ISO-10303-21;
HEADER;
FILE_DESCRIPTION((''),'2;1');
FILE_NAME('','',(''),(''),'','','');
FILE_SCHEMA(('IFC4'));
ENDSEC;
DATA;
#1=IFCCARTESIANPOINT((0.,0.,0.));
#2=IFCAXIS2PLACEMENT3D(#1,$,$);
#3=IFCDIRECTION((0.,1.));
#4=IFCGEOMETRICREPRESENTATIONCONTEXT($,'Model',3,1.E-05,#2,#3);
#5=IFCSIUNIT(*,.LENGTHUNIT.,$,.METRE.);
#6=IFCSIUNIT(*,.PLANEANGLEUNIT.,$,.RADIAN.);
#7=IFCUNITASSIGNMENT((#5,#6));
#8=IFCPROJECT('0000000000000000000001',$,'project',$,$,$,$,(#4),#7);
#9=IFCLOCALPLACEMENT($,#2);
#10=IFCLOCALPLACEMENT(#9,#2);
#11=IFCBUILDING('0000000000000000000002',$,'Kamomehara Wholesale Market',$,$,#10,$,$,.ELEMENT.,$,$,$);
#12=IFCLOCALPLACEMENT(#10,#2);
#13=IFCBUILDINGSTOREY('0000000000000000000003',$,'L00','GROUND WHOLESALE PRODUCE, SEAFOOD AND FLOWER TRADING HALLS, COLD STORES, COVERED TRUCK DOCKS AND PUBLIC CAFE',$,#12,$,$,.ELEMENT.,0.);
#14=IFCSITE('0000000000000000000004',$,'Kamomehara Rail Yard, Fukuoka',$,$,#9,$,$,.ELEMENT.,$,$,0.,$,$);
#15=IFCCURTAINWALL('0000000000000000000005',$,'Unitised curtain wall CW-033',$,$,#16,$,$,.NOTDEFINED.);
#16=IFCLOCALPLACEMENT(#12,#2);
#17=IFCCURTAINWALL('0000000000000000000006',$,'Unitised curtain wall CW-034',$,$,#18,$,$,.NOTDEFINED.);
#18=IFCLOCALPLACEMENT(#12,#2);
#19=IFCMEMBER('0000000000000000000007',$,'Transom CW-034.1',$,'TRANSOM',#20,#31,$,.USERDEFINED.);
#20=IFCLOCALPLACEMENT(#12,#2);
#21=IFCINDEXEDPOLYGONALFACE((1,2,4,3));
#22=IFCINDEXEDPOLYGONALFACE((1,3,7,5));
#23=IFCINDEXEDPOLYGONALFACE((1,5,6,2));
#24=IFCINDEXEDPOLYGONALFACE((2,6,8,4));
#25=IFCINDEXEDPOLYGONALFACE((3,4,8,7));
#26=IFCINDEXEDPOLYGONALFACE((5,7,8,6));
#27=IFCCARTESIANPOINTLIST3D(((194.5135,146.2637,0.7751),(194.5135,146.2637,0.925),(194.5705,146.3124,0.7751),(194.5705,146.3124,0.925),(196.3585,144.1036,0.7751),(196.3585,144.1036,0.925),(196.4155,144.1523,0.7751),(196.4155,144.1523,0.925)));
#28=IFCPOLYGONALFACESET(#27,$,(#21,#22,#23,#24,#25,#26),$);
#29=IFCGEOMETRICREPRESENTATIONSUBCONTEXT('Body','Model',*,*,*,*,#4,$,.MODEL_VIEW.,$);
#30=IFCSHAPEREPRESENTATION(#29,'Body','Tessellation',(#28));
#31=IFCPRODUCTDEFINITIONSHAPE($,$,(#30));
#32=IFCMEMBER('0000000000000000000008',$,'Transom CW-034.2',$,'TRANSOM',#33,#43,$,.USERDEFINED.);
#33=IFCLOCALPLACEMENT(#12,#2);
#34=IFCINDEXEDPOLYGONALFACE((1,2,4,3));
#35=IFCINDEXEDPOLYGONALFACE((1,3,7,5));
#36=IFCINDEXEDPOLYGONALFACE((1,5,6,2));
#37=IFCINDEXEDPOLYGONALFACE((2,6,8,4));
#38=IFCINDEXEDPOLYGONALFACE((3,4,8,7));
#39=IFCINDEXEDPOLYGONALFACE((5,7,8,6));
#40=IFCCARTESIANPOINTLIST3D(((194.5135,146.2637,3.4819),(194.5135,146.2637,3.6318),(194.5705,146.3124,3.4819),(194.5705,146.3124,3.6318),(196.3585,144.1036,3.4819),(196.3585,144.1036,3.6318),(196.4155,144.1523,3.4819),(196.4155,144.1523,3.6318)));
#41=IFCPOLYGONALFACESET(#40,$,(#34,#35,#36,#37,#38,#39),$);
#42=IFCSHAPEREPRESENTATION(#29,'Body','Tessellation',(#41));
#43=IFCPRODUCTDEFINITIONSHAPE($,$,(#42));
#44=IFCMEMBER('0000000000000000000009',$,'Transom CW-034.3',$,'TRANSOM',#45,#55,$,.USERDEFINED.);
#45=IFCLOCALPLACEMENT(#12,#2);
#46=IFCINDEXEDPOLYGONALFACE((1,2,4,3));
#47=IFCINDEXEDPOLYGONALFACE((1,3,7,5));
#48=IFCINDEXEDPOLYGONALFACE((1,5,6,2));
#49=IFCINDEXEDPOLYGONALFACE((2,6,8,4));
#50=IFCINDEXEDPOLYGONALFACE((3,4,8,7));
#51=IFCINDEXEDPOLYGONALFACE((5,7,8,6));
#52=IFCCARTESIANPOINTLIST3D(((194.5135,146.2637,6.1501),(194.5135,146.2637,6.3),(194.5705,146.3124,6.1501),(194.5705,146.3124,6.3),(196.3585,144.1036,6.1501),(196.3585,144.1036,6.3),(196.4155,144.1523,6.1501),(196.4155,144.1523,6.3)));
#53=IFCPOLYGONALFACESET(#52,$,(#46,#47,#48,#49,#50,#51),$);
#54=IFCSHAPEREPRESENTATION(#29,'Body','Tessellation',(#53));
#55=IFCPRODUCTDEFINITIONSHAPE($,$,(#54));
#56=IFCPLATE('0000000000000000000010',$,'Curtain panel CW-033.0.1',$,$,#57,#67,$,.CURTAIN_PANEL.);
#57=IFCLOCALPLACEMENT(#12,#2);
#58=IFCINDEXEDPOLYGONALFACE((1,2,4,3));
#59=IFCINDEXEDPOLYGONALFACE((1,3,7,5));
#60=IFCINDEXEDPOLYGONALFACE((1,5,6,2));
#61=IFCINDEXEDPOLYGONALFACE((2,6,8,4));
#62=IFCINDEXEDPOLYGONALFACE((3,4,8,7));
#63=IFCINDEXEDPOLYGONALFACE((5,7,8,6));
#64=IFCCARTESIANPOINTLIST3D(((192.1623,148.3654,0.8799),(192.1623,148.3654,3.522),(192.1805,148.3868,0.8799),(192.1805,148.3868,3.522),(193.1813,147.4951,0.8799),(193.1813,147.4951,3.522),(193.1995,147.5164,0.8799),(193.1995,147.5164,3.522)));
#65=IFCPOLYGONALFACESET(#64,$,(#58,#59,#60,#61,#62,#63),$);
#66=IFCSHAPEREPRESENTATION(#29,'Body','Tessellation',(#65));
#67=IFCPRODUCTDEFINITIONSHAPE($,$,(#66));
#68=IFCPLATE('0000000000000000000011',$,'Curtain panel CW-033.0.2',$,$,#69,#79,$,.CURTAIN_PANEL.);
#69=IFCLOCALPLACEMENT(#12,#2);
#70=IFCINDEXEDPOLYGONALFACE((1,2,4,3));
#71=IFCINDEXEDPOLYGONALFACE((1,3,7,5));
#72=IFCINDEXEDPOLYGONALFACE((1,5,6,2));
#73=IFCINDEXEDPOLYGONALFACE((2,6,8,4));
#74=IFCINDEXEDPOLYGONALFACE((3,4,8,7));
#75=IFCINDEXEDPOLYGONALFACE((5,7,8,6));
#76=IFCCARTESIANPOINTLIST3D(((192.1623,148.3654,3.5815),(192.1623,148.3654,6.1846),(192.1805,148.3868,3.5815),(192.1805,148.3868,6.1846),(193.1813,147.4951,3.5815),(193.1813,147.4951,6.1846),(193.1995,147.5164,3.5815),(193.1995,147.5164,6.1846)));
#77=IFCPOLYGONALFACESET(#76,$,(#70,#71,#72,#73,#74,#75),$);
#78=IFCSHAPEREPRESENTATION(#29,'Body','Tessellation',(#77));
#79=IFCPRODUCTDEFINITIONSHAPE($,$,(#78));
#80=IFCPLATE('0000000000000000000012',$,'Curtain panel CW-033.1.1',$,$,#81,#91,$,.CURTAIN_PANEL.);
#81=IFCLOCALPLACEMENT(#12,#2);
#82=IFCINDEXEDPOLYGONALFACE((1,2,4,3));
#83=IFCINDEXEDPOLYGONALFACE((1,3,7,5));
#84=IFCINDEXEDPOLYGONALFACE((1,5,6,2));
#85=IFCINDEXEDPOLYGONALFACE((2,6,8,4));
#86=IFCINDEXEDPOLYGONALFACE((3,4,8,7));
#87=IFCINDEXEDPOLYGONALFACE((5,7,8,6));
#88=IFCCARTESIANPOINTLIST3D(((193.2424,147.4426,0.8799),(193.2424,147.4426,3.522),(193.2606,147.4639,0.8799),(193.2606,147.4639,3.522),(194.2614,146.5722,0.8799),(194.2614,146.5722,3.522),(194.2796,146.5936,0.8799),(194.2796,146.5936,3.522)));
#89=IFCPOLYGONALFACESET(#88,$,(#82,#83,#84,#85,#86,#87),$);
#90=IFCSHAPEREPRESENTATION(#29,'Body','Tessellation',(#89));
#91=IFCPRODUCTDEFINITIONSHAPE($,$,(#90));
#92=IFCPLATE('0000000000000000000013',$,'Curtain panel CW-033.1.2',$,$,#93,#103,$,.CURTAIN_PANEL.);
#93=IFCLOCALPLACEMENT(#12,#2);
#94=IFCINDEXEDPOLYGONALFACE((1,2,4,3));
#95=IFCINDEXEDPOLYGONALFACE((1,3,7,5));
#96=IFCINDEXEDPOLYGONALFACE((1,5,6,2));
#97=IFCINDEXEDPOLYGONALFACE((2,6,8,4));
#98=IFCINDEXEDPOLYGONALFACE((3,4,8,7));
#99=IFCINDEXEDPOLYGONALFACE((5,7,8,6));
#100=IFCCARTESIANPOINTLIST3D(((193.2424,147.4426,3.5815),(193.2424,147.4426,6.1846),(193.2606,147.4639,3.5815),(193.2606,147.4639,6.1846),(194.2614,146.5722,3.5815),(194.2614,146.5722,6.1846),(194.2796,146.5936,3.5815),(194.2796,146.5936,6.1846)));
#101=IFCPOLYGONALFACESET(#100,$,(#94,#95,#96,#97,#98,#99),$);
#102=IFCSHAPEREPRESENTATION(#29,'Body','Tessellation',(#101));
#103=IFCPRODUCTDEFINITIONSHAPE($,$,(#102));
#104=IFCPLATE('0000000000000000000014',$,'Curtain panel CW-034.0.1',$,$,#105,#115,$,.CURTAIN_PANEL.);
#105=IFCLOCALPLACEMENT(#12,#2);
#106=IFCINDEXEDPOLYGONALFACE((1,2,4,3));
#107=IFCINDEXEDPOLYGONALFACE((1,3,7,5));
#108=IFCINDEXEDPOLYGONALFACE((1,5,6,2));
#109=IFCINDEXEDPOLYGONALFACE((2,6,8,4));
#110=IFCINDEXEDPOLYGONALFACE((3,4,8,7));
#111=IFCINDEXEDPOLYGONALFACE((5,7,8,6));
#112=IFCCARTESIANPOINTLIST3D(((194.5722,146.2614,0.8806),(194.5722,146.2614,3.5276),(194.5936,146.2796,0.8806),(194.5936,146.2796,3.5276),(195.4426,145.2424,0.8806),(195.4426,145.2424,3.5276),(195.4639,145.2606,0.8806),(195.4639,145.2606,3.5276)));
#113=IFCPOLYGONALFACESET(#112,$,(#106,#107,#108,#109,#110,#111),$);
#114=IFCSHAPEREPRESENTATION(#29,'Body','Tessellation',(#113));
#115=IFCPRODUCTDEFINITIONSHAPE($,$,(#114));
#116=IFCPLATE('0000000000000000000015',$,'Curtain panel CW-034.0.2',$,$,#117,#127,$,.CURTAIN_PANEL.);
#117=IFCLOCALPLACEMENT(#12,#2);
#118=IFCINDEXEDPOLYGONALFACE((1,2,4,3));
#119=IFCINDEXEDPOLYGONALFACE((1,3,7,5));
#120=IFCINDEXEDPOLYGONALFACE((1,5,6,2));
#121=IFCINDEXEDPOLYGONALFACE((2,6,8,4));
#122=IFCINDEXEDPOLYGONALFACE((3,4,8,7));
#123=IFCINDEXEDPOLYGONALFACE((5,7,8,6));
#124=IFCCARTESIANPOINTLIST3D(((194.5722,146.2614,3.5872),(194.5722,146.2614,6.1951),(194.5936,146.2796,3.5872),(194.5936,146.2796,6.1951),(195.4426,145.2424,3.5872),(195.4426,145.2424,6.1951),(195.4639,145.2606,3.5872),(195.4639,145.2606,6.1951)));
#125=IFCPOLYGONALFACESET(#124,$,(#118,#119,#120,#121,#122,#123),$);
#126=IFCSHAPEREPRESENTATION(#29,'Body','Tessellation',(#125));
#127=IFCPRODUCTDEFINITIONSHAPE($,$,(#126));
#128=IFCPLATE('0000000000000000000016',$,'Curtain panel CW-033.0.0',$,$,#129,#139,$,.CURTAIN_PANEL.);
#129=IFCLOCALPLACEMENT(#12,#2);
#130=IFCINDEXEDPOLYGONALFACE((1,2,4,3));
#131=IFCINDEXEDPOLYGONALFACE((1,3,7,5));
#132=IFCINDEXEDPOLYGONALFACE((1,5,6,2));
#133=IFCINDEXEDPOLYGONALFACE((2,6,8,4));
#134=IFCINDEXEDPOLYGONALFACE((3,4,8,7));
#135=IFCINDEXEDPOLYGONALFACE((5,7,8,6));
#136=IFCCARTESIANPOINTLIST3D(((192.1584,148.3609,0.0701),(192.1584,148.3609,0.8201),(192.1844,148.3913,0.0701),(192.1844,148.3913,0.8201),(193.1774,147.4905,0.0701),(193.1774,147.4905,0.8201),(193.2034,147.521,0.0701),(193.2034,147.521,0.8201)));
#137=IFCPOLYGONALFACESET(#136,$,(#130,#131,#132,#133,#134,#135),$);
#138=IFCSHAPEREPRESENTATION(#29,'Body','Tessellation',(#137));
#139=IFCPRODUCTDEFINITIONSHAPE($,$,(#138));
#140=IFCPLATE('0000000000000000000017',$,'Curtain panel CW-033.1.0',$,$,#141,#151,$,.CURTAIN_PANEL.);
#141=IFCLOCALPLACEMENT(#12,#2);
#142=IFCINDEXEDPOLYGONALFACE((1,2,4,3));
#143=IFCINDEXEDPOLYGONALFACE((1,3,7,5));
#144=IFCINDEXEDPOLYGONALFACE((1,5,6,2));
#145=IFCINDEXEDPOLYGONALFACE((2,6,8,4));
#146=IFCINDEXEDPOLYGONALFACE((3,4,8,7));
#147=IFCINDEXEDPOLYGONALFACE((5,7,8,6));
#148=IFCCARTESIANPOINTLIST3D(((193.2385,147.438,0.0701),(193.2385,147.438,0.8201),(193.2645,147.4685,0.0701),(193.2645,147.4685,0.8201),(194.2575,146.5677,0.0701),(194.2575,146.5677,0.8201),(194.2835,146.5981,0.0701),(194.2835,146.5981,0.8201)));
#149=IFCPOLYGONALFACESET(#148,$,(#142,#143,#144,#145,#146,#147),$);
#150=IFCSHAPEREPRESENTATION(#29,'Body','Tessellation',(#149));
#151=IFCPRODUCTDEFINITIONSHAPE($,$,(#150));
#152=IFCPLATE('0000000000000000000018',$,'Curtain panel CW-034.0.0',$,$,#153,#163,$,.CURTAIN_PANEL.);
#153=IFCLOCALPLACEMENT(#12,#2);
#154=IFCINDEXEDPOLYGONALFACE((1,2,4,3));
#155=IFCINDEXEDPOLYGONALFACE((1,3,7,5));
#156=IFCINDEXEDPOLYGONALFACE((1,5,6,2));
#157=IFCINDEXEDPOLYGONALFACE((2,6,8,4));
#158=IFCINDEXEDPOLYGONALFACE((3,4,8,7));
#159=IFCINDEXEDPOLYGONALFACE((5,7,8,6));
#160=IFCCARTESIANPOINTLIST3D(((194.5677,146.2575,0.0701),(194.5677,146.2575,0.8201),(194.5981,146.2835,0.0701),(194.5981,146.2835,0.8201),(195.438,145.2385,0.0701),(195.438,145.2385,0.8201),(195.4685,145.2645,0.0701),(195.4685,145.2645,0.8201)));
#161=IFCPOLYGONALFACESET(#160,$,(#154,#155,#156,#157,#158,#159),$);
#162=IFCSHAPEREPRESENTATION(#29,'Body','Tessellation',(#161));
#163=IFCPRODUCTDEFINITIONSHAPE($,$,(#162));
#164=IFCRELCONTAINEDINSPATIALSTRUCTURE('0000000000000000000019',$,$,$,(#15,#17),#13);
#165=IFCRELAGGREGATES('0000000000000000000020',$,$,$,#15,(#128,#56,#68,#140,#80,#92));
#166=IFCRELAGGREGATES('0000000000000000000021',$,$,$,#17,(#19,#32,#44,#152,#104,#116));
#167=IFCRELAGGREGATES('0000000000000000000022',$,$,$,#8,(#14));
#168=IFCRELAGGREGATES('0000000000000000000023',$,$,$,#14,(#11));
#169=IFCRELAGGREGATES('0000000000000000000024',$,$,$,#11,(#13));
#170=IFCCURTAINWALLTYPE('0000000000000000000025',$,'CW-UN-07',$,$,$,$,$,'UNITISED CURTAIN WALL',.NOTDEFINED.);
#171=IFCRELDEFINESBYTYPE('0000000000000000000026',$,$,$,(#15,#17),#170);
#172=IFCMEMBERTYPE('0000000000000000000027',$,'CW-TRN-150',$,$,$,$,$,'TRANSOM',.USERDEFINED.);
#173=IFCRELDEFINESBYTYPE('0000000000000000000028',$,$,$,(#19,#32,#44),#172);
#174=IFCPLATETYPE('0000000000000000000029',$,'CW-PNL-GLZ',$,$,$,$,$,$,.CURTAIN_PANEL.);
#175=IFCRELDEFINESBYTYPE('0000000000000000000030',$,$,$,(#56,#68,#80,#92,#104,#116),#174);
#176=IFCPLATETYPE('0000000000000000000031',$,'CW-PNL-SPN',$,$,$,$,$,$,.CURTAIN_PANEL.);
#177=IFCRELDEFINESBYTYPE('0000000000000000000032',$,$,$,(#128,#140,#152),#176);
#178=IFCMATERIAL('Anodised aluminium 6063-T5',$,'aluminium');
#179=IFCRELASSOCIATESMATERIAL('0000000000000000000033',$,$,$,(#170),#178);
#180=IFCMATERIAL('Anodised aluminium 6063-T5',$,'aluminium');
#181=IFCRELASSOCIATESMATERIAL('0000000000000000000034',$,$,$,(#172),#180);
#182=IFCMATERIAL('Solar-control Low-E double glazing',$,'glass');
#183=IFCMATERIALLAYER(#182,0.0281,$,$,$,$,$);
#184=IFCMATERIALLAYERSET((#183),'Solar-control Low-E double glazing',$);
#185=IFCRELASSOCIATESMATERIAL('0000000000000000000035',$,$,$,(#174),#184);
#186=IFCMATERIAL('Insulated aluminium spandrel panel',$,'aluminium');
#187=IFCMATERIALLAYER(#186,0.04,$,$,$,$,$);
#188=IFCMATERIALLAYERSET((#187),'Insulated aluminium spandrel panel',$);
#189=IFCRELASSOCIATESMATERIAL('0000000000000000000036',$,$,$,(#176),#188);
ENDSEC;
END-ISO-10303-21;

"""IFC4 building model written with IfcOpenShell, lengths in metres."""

from ifc_helpers import new_model, si_unit, direction, frame, origin, origin_2d, place, context, subcontext, project, spatial, rectangle, extrude, material, layer, layer_set, material_profile, profile_set, type_object, element, aggregate, save


model = new_model("IFC4")

# Units and contexts
model_context = context("Model", 3, precision=1e-05, world=origin(), true_north=direction((0.0, 1.0)))
body_context = subcontext(model_context, "Body", "Model", "MODEL_VIEW")
ifc_project = project(units=[si_unit("LENGTHUNIT", "METRE"), si_unit("PLANEANGLEUNIT", "RADIAN")], contexts=[model_context])

# Site, building, storey
site_placement = place(None, origin())
site = spatial("IfcSite", under=ifc_project, at=site_placement, Name="Kamomehara Rail Yard, Fukuoka", CompositionType="ELEMENT", RefElevation=0.0)
building_placement = place(site_placement, origin())
building = spatial("IfcBuilding", under=site, at=building_placement, Name="Kamomehara Wholesale Market", CompositionType="ELEMENT")
storey_placement = place(building_placement, origin())
storey = spatial("IfcBuildingStorey", under=building, at=storey_placement, Name="L00", Description="GROUND WHOLESALE PRODUCE, SEAFOOD AND FLOWER TRADING HALLS, COLD STORES, COVERED TRUCK DOCKS AND PUBLIC CAFE", CompositionType="ELEMENT", Elevation=0.0)

# Curtain wall
ifc_material_1 = material(Name="Anodised aluminium 6063-T5", Category="aluminium")
curtain_wall_type = type_object("IfcCurtainWallType", Name="CW-UN-07", ElementType="UNITISED CURTAIN WALL", PredefinedType="NOTDEFINED", material=ifc_material_1)
curtain_wall_1_placement = place(storey_placement, origin())
curtain_wall_1 = element("IfcCurtainWall", 1, at=curtain_wall_1_placement, inside=storey, type_object=curtain_wall_type, Name="Unitised curtain wall CW-033", PredefinedType="NOTDEFINED")

# Curtain wall
curtain_wall_2_placement = place(storey_placement, origin())
curtain_wall_2 = element("IfcCurtainWall", 2, at=curtain_wall_2_placement, inside=storey, type_object=curtain_wall_type, Name="Unitised curtain wall CW-034", PredefinedType="NOTDEFINED")

# Members
ifc_material_2 = material(Name="Anodised aluminium 6063-T5", Category="aluminium")
ifc_material_profile_1 = material_profile(ifc_material_2, rectangle(XDim=0.075, YDim=0.1499, at=origin_2d()), Name="ALU-TRN-75x150")
ifc_profile_set_1 = profile_set([ifc_material_profile_1], Name="Anodised aluminium 6063-T5")
member_type_1 = type_object("IfcMemberType", Name="CW-TRN-150", ElementType="TRANSOM", PredefinedType="USERDEFINED", material=ifc_profile_set_1)
member_1_placement = place(storey_placement, frame((194.542, 146.2881, 0.8501), z_axis=(0.649453, -0.760402, 0.0), x_axis=(0.760402, 0.649453, 0.0)))
member_1 = element("IfcMember", 3, at=member_1_placement, type_object=member_type_1, Name="Transom CW-034.1", ObjectType="TRANSOM", PredefinedType="USERDEFINED", context=body_context, shape_type="SweptSolid", body=[
    extrude(rectangle(XDim=0.075, YDim=0.1499, at=origin_2d()), origin(), (0.0, 0.0, 1.0), 2.8408),
])
member_2_placement = place(storey_placement, frame((194.542, 146.2881, 3.5569), z_axis=(0.649453, -0.760402, 0.0), x_axis=(0.760402, 0.649453, 0.0)))
member_2 = element("IfcMember", 4, at=member_2_placement, type_object=member_type_1, Name="Transom CW-034.2", ObjectType="TRANSOM", PredefinedType="USERDEFINED", context=body_context, shape_type="SweptSolid", body=[
    extrude(rectangle(XDim=0.075, YDim=0.1499, at=origin_2d()), origin(), (0.0, 0.0, 1.0), 2.8408),
])
member_3_placement = place(storey_placement, frame((194.542, 146.2881, 6.2251), z_axis=(0.649453, -0.760402, 0.0), x_axis=(0.760402, 0.649453, 0.0)))
member_3 = element("IfcMember", 5, at=member_3_placement, type_object=member_type_1, Name="Transom CW-034.3", ObjectType="TRANSOM", PredefinedType="USERDEFINED", context=body_context, shape_type="SweptSolid", body=[
    extrude(rectangle(XDim=0.075, YDim=0.1499, at=origin_2d()), origin(), (0.0, 0.0, 1.0), 2.8408),
])

# Plates
ifc_material_3 = material(Name="Solar-control Low-E double glazing", Category="glass")
ifc_layer_1 = layer(ifc_material_3, 0.0281)
ifc_layer_set_1 = layer_set([ifc_layer_1], Name="Solar-control Low-E double glazing")
plate_type_1 = type_object("IfcPlateType", Name="CW-PNL-GLZ", PredefinedType="CURTAIN_PANEL", material=ifc_layer_set_1)
plate_1_placement = place(storey_placement, frame((192.6809, 147.9409, 0.8799), z_axis=(0.0, 0.0, 1.0), x_axis=(0.760372, -0.649488, 0.0)))
plate_1 = element("IfcPlate", 6, at=plate_1_placement, type_object=plate_type_1, Name="Curtain panel CW-033.0.1", PredefinedType="CURTAIN_PANEL", context=body_context, shape_type="SweptSolid", body=[
    extrude(rectangle(XDim=1.3401, YDim=0.0281, at=origin_2d()), origin(), (0.0, 0.0, 1.0), 2.6421),
])
plate_2_placement = place(storey_placement, frame((192.6809, 147.9409, 3.5815), z_axis=(0.0, 0.0, 1.0), x_axis=(0.760372, -0.649488, 0.0)))
plate_2 = element("IfcPlate", 7, at=plate_2_placement, type_object=plate_type_1, Name="Curtain panel CW-033.0.2", PredefinedType="CURTAIN_PANEL", context=body_context, shape_type="SweptSolid", body=[
    extrude(rectangle(XDim=1.3401, YDim=0.0281, at=origin_2d()), origin(), (0.0, 0.0, 1.0), 2.603),
])
plate_3_placement = place(storey_placement, frame((193.761, 147.0181, 0.8799), z_axis=(0.0, 0.0, 1.0), x_axis=(0.760372, -0.649488, 0.0)))
plate_3 = element("IfcPlate", 8, at=plate_3_placement, type_object=plate_type_1, Name="Curtain panel CW-033.1.1", PredefinedType="CURTAIN_PANEL", context=body_context, shape_type="SweptSolid", body=[
    extrude(rectangle(XDim=1.3401, YDim=0.0281, at=origin_2d()), origin(), (0.0, 0.0, 1.0), 2.6421),
])
plate_4_placement = place(storey_placement, frame((193.761, 147.0181, 3.5815), z_axis=(0.0, 0.0, 1.0), x_axis=(0.760372, -0.649488, 0.0)))
plate_4 = element("IfcPlate", 9, at=plate_4_placement, type_object=plate_type_1, Name="Curtain panel CW-033.1.2", PredefinedType="CURTAIN_PANEL", context=body_context, shape_type="SweptSolid", body=[
    extrude(rectangle(XDim=1.3401, YDim=0.0281, at=origin_2d()), origin(), (0.0, 0.0, 1.0), 2.603),
])
plate_5_placement = place(storey_placement, frame((195.0181, 145.761, 0.8806), z_axis=(0.0, 0.0, 1.0), x_axis=(0.649488, -0.760372, 0.0)))
plate_5 = element("IfcPlate", 10, at=plate_5_placement, type_object=plate_type_1, Name="Curtain panel CW-034.0.1", PredefinedType="CURTAIN_PANEL", context=body_context, shape_type="SweptSolid", body=[
    extrude(rectangle(XDim=1.3401, YDim=0.0281, at=origin_2d()), origin(), (0.0, 0.0, 1.0), 2.647),
])
plate_6_placement = place(storey_placement, frame((195.0181, 145.761, 3.5872), z_axis=(0.0, 0.0, 1.0), x_axis=(0.649488, -0.760372, 0.0)))
plate_6 = element("IfcPlate", 11, at=plate_6_placement, type_object=plate_type_1, Name="Curtain panel CW-034.0.2", PredefinedType="CURTAIN_PANEL", context=body_context, shape_type="SweptSolid", body=[
    extrude(rectangle(XDim=1.3401, YDim=0.0281, at=origin_2d()), origin(), (0.0, 0.0, 1.0), 2.6079),
])
ifc_material_4 = material(Name="Insulated aluminium spandrel panel", Category="aluminium")
ifc_layer_2 = layer(ifc_material_4, 0.04)
ifc_layer_set_2 = layer_set([ifc_layer_2], Name="Insulated aluminium spandrel panel")
plate_type_2 = type_object("IfcPlateType", Name="CW-PNL-SPN", PredefinedType="CURTAIN_PANEL", material=ifc_layer_set_2)
plate_7_placement = place(storey_placement, frame((192.6809, 147.9409, 0.0701), z_axis=(0.0, 0.0, 1.0), x_axis=(0.760372, -0.649488, 0.0)))
plate_7 = element("IfcPlate", 12, at=plate_7_placement, type_object=plate_type_2, Name="Curtain panel CW-033.0.0", PredefinedType="CURTAIN_PANEL", context=body_context, shape_type="SweptSolid", body=[
    extrude(rectangle(XDim=1.3401, YDim=0.04, at=origin_2d()), origin(), (0.0, 0.0, 1.0), 0.75),
])
plate_8_placement = place(storey_placement, frame((193.761, 147.0181, 0.0701), z_axis=(0.0, 0.0, 1.0), x_axis=(0.760372, -0.649488, 0.0)))
plate_8 = element("IfcPlate", 13, at=plate_8_placement, type_object=plate_type_2, Name="Curtain panel CW-033.1.0", PredefinedType="CURTAIN_PANEL", context=body_context, shape_type="SweptSolid", body=[
    extrude(rectangle(XDim=1.3401, YDim=0.04, at=origin_2d()), origin(), (0.0, 0.0, 1.0), 0.75),
])
aggregate(curtain_wall_1, [plate_7, plate_1, plate_2, plate_8, plate_3, plate_4])
plate_9_placement = place(storey_placement, frame((195.0181, 145.761, 0.0701), z_axis=(0.0, 0.0, 1.0), x_axis=(0.649488, -0.760372, 0.0)))
plate_9 = element("IfcPlate", 14, at=plate_9_placement, type_object=plate_type_2, Name="Curtain panel CW-034.0.0", PredefinedType="CURTAIN_PANEL", context=body_context, shape_type="SweptSolid", body=[
    extrude(rectangle(XDim=1.3401, YDim=0.04, at=origin_2d()), origin(), (0.0, 0.0, 1.0), 0.75),
])
aggregate(curtain_wall_2, [member_1, member_2, member_3, plate_9, plate_5, plate_6])

save(model, "model.ifc")
